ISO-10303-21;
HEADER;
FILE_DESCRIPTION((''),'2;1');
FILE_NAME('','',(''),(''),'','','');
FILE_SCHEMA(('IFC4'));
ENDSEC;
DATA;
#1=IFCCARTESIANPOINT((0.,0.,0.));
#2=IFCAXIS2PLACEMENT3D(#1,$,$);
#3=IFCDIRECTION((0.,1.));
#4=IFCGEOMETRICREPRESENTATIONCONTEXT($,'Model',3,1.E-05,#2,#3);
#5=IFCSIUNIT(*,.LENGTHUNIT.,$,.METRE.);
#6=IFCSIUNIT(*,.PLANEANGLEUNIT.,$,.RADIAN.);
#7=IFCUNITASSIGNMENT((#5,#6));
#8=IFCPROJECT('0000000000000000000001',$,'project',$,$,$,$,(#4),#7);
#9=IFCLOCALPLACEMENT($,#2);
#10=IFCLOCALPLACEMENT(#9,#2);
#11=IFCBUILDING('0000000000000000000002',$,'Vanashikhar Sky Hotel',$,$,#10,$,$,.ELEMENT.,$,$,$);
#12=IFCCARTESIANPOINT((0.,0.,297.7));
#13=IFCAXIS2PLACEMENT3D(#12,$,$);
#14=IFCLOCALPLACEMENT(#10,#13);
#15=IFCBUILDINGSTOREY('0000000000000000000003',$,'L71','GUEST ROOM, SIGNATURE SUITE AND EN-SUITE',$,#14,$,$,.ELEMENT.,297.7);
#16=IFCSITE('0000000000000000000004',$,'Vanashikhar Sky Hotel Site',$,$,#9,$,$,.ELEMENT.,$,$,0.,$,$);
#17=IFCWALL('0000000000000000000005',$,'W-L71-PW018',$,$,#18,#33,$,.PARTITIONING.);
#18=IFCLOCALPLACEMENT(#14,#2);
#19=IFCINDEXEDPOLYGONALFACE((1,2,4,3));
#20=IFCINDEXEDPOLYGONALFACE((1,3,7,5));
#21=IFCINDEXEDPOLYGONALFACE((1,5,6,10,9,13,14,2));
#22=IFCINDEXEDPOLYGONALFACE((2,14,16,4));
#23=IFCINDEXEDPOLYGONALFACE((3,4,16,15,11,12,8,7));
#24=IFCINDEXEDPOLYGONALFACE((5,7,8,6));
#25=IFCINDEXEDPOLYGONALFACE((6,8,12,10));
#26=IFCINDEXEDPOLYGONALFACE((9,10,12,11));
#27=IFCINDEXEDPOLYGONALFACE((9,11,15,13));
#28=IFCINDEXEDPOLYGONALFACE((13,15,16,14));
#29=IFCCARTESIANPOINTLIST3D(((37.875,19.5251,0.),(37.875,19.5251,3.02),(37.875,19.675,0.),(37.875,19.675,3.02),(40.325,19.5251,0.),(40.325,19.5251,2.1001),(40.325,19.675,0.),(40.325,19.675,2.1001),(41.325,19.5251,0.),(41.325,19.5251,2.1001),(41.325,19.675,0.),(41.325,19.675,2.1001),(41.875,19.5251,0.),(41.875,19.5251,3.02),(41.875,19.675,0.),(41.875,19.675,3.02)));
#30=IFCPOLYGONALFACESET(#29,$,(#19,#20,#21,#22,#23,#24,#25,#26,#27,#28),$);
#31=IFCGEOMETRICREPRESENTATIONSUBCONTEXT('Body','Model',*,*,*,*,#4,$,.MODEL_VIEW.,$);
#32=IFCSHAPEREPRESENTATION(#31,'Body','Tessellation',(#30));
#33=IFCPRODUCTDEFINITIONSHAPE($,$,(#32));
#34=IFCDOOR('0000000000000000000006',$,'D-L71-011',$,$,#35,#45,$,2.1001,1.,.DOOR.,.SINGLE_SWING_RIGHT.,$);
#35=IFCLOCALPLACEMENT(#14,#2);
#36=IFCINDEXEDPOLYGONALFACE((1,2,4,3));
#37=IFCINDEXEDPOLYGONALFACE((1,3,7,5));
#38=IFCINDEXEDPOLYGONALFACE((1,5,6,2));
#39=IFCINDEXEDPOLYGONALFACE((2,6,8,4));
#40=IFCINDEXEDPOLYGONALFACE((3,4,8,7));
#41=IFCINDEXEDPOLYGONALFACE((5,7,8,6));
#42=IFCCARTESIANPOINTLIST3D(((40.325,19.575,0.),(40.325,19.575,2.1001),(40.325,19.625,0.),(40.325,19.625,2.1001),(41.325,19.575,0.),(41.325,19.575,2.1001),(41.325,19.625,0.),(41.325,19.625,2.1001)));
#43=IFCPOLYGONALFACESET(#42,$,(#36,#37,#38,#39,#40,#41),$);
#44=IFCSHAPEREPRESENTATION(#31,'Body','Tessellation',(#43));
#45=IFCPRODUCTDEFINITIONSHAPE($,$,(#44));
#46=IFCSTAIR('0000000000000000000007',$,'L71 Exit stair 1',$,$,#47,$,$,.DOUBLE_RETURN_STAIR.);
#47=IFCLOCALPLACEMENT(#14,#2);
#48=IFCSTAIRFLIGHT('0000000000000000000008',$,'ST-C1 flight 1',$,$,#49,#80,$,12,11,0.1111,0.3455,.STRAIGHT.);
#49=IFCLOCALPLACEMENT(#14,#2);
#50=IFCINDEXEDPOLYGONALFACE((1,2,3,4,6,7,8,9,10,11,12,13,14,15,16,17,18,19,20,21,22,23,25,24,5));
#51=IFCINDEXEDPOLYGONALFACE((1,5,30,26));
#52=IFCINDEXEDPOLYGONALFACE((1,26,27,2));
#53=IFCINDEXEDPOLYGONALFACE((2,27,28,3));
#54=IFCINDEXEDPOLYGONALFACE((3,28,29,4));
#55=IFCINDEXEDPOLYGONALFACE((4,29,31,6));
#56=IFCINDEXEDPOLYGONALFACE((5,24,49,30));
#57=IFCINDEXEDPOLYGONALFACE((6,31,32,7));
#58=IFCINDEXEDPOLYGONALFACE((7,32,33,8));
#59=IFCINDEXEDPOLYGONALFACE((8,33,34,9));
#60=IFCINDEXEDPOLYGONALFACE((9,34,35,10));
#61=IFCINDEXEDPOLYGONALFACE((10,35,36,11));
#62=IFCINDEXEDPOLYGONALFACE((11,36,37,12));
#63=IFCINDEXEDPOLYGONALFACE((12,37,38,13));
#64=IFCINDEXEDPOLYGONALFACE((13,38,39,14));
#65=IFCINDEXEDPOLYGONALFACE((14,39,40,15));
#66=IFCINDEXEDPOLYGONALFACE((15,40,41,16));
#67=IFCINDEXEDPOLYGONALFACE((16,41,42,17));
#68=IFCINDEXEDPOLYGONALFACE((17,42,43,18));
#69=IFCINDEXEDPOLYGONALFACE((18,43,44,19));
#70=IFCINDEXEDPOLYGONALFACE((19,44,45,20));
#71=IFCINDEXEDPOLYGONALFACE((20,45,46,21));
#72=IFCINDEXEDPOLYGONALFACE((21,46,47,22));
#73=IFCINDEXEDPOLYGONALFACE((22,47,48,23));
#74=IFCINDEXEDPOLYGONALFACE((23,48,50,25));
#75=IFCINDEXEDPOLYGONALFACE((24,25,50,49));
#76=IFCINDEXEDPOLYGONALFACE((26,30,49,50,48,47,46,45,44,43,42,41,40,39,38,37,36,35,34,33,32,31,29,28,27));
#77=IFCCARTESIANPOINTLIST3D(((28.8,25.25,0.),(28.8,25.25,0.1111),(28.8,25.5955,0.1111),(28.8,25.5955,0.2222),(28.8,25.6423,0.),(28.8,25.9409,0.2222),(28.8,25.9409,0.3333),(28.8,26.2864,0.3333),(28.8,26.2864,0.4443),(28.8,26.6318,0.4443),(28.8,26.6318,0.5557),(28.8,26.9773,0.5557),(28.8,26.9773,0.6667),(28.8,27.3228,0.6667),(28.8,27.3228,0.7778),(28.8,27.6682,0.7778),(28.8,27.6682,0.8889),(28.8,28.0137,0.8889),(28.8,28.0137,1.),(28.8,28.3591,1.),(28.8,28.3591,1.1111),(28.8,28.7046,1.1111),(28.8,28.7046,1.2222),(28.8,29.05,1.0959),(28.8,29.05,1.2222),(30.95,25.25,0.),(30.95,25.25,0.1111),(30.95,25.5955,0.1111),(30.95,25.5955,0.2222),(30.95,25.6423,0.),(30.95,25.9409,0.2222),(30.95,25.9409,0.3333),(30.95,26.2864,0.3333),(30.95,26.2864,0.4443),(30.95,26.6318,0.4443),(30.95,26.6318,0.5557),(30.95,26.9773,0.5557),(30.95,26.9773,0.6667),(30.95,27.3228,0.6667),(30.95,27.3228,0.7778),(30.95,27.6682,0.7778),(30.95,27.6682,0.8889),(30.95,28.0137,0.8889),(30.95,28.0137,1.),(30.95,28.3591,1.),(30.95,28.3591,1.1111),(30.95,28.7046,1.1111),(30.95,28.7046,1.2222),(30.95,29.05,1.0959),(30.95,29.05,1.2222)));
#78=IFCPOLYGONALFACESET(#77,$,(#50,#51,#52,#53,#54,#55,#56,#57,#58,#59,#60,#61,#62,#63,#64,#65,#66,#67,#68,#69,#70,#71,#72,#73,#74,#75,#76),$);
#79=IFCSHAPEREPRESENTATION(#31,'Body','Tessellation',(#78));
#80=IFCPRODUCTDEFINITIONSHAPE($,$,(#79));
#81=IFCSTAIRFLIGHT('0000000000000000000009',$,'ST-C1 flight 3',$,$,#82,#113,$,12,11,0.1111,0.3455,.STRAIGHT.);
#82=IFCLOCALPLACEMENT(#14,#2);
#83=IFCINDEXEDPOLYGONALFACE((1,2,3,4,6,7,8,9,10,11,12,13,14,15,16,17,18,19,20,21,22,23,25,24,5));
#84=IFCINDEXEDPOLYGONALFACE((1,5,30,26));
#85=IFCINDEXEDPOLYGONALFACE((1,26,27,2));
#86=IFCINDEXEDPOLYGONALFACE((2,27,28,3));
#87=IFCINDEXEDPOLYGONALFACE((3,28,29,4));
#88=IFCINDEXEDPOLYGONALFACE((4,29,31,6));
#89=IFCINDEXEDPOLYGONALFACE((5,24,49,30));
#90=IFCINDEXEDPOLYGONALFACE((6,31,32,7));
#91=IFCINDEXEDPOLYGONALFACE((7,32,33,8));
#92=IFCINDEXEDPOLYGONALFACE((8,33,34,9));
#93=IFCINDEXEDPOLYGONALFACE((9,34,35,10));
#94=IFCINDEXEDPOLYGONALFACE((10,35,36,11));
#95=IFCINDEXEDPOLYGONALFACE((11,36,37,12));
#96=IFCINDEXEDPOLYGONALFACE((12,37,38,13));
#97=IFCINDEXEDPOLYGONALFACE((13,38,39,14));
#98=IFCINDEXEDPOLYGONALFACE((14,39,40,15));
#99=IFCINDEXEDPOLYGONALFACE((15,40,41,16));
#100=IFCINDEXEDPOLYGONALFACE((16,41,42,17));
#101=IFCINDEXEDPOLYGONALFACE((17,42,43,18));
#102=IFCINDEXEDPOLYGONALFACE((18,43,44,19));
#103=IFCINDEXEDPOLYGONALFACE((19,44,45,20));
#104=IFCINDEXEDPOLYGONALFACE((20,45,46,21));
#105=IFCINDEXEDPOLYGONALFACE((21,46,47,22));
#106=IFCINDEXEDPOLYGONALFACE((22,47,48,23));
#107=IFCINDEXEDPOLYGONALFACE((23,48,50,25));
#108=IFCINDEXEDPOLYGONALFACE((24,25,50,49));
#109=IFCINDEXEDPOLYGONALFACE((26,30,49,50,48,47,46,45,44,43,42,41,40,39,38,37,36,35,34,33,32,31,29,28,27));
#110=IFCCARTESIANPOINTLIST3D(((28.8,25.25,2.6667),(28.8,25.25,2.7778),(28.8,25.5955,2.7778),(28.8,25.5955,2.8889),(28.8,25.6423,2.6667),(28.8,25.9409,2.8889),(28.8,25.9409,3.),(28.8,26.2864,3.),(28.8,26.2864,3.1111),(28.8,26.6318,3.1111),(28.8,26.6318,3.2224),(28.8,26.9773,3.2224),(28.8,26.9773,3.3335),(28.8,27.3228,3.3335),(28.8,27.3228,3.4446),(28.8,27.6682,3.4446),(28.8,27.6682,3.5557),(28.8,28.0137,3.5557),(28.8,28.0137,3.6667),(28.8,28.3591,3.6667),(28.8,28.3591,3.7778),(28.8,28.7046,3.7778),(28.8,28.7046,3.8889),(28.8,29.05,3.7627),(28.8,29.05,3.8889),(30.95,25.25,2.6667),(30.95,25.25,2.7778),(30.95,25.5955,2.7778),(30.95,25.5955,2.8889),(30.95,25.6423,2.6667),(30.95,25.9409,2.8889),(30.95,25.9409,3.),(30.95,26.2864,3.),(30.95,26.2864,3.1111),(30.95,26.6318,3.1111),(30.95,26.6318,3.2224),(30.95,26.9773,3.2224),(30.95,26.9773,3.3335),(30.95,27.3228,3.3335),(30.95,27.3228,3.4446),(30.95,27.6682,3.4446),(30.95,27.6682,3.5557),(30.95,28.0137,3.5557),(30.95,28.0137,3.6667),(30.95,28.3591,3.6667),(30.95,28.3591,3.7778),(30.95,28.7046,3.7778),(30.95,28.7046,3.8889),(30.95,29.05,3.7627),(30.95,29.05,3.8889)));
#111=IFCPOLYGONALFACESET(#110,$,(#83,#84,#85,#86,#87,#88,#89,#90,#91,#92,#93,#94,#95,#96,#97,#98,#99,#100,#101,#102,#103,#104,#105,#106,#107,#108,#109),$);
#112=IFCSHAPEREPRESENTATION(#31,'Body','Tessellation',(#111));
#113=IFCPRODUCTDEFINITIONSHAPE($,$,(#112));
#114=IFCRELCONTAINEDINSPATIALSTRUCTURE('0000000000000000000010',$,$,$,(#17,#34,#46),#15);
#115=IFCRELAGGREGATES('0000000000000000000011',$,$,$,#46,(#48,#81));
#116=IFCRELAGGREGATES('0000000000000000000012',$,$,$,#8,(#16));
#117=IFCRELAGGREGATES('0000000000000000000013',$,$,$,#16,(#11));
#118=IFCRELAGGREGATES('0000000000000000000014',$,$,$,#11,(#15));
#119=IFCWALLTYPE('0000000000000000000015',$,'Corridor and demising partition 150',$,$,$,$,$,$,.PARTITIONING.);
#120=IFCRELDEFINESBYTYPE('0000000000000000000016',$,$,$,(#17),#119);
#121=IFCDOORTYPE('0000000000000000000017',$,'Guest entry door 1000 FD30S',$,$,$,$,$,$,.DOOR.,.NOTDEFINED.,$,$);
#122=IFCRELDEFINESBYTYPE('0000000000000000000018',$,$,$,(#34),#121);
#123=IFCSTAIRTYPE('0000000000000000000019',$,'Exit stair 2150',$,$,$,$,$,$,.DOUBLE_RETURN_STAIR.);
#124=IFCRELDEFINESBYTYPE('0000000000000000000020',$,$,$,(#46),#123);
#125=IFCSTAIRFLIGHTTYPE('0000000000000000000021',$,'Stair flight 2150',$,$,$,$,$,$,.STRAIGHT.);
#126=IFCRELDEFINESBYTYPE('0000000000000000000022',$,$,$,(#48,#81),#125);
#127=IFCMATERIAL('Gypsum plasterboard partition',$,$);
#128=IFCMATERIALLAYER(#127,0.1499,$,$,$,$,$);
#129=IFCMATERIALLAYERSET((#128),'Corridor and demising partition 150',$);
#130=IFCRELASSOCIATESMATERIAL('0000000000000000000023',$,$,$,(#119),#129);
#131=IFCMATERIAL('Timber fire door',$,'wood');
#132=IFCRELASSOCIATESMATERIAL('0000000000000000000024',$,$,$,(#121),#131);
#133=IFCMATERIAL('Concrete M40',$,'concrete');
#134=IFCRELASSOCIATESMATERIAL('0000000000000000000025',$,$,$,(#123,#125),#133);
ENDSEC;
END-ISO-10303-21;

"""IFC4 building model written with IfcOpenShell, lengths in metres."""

from ifc_helpers import new_model, si_unit, direction, frame, frame_2d, origin, place, context, subcontext, project, spatial, polyline, rectangle, outline, extrude, source, transform, mapped, material, layer, layer_set, type_object, element, fill, aggregate, save


model = new_model("IFC4")

# Units and contexts
model_context = context("Model", 3, precision=1e-05, world=origin(), true_north=direction((0.0, 1.0)))
body_context = subcontext(model_context, "Body", "Model", "MODEL_VIEW")
ifc_project = project(units=[si_unit("LENGTHUNIT", "METRE"), si_unit("PLANEANGLEUNIT", "RADIAN")], contexts=[model_context])

# Site, building, storey
site_placement = place(None, origin())
site = spatial("IfcSite", under=ifc_project, at=site_placement, Name="Vanashikhar Sky Hotel Site", CompositionType="ELEMENT", RefElevation=0.0)
building_placement = place(site_placement, origin())
building = spatial("IfcBuilding", under=site, at=building_placement, Name="Vanashikhar Sky Hotel", CompositionType="ELEMENT")
storey_placement = place(building_placement, frame((0.0, 0.0, 297.7)))
storey = spatial("IfcBuildingStorey", under=building, at=storey_placement, Name="L71", Description="GUEST ROOM, SIGNATURE SUITE AND EN-SUITE", CompositionType="ELEMENT", Elevation=297.7)

# Shared definitions
ifc_material_1 = material(Name="Concrete M40", Category="concrete")

# Wall, opening, door
ifc_material_2 = material(Name="Gypsum plasterboard partition")
ifc_layer_1 = layer(ifc_material_2, 0.1499)
ifc_layer_set_1 = layer_set([ifc_layer_1], Name="Corridor and demising partition 150")
wall_type_1 = type_object("IfcWallType", Name="Corridor and demising partition 150", PredefinedType="PARTITIONING", material=ifc_layer_set_1)
shared_shape_1 = source(origin(), body_context, "Body", "SweptSolid", [
    extrude(rectangle(XDim=1.0, YDim=2.1001, at=frame_2d((0.5, 1.05))), frame((0.0, 0.085, 0.0), z_axis=(0.0, -1.0, 0.0), x_axis=(1.0, 0.0, 0.0)), (0.0, 0.0, 1.0), 0.1699),
])
ifc_material_3 = material(Name="Timber fire door", Category="wood")
door_type_1 = type_object("IfcDoorType", Name="Guest entry door 1000 FD30S", OperationType="NOTDEFINED", PredefinedType="DOOR", material=ifc_material_3)
shared_shape_2 = source(origin(), body_context, "Body", "SweptSolid", [
    extrude(rectangle(XDim=1.0, YDim=2.1001, at=frame_2d((0.5, 1.05))), frame((0.0, 0.0249, 0.0), z_axis=(0.0, -1.0, 0.0), x_axis=(1.0, 0.0, 0.0)), (0.0, 0.0, 1.0), 0.05),
])
shared_shape_3 = source(origin(), body_context, "Body", "SweptSolid", [
    extrude(rectangle(XDim=4.0, YDim=0.1499, at=frame_2d((2.0, 0.0))), origin(), (0.0, 0.0, 1.0), 3.02),
])
wall_1_placement = place(storey_placement, frame((37.875, 19.6001, 0.0), z_axis=(0.0, 0.0, 1.0), x_axis=(1.0, 0.0, 0.0)))
wall_1 = element("IfcWall", 1, at=wall_1_placement, inside=storey, type_object=wall_type_1, Name="W-L71-PW018", PredefinedType="PARTITIONING", context=body_context, shape_type="MappedRepresentation", body=[
    mapped(shared_shape_3, transform((0.0, 0.0, 0.0), scale=1.0)),
])
opening_1_placement = place(wall_1_placement, frame((2.45, 0.0, 0.0)))
opening_1 = element("IfcOpeningElement", 2, at=opening_1_placement, cuts=wall_1, PredefinedType="OPENING", context=body_context, shape_type="MappedRepresentation", body=[
    mapped(shared_shape_1, transform((0.0, 0.0, 0.0), scale=1.0)),
])
door_1_placement = place(opening_1_placement, origin())
door_1 = element("IfcDoor", 3, at=door_1_placement, inside=storey, type_object=door_type_1, Name="D-L71-011", OperationType="SINGLE_SWING_RIGHT", OverallHeight=2.1001, OverallWidth=1.0, PredefinedType="DOOR", context=body_context, shape_type="MappedRepresentation", body=[
    mapped(shared_shape_2, transform((0.0, 0.0, 0.0), scale=1.0)),
])
fill(opening_1, door_1)

# Stair, stair flights
stair_type = type_object("IfcStairType", Name="Exit stair 2150", PredefinedType="DOUBLE_RETURN_STAIR", material=ifc_material_1)
stair_placement = place(storey_placement, origin())
stair = element("IfcStair", 4, at=stair_placement, inside=storey, type_object=stair_type, Name="L71 Exit stair 1", PredefinedType="DOUBLE_RETURN_STAIR")
stair_flight_type = type_object("IfcStairFlightType", Name="Stair flight 2150", PredefinedType="STRAIGHT", material=ifc_material_1)
shared_shape_4 = source(origin(), body_context, "Body", "SweptSolid", [
    extrude(outline(polyline([(0.0, 0.0), (0.0, 0.1111), (0.3455, 0.1111), (0.3455, 0.2222), (0.6909, 0.2222), (0.6909, 0.3333), (1.0364, 0.3333), (1.0364, 0.4443), (1.3818, 0.4443), (1.3818, 0.5557), (1.7273, 0.5557), (1.7273, 0.6667), (2.0728, 0.6667), (2.0728, 0.7778), (2.4182, 0.7778), (2.4182, 0.8889), (2.7637, 0.8889), (2.7637, 1.0), (3.1091, 1.0), (3.1091, 1.1111), (3.4546, 1.1111), (3.4546, 1.2222), (3.8, 1.2222), (3.8, 1.3333), (3.8, 1.0959), (0.3923, 0.0), (0.0, 0.0)])), frame((0.0, 1.075, 0.0), z_axis=(0.0, -1.0, 0.0), x_axis=(1.0, 0.0, 0.0)), (0.0, 0.0, 1.0), 2.1499),
])
stair_flight_1_placement = place(storey_placement, frame((29.875, 25.25, 0.0), z_axis=(0.0, 0.0, 1.0), x_axis=(0.0, 1.0, 0.0)))
stair_flight_1 = element("IfcStairFlight", 5, at=stair_flight_1_placement, type_object=stair_flight_type, Name="ST-C1 flight 1", NumberOfRisers=12, NumberOfTreads=11, PredefinedType="STRAIGHT", RiserHeight=0.1111, TreadLength=0.3455, context=body_context, shape_type="MappedRepresentation", body=[
    mapped(shared_shape_4, transform((0.0, 0.0, 0.0), scale=1.0)),
])
stair_flight_2_placement = place(storey_placement, frame((29.875, 25.25, 2.6667), z_axis=(0.0, 0.0, 1.0), x_axis=(0.0, 1.0, 0.0)))
stair_flight_2 = element("IfcStairFlight", 6, at=stair_flight_2_placement, type_object=stair_flight_type, Name="ST-C1 flight 3", NumberOfRisers=12, NumberOfTreads=11, PredefinedType="STRAIGHT", RiserHeight=0.1111, TreadLength=0.3455, context=body_context, shape_type="MappedRepresentation", body=[
    mapped(shared_shape_4, transform((0.0, 0.0, 0.0), scale=1.0)),
])
aggregate(stair, [stair_flight_1, stair_flight_2])

save(model, "model.ifc")
